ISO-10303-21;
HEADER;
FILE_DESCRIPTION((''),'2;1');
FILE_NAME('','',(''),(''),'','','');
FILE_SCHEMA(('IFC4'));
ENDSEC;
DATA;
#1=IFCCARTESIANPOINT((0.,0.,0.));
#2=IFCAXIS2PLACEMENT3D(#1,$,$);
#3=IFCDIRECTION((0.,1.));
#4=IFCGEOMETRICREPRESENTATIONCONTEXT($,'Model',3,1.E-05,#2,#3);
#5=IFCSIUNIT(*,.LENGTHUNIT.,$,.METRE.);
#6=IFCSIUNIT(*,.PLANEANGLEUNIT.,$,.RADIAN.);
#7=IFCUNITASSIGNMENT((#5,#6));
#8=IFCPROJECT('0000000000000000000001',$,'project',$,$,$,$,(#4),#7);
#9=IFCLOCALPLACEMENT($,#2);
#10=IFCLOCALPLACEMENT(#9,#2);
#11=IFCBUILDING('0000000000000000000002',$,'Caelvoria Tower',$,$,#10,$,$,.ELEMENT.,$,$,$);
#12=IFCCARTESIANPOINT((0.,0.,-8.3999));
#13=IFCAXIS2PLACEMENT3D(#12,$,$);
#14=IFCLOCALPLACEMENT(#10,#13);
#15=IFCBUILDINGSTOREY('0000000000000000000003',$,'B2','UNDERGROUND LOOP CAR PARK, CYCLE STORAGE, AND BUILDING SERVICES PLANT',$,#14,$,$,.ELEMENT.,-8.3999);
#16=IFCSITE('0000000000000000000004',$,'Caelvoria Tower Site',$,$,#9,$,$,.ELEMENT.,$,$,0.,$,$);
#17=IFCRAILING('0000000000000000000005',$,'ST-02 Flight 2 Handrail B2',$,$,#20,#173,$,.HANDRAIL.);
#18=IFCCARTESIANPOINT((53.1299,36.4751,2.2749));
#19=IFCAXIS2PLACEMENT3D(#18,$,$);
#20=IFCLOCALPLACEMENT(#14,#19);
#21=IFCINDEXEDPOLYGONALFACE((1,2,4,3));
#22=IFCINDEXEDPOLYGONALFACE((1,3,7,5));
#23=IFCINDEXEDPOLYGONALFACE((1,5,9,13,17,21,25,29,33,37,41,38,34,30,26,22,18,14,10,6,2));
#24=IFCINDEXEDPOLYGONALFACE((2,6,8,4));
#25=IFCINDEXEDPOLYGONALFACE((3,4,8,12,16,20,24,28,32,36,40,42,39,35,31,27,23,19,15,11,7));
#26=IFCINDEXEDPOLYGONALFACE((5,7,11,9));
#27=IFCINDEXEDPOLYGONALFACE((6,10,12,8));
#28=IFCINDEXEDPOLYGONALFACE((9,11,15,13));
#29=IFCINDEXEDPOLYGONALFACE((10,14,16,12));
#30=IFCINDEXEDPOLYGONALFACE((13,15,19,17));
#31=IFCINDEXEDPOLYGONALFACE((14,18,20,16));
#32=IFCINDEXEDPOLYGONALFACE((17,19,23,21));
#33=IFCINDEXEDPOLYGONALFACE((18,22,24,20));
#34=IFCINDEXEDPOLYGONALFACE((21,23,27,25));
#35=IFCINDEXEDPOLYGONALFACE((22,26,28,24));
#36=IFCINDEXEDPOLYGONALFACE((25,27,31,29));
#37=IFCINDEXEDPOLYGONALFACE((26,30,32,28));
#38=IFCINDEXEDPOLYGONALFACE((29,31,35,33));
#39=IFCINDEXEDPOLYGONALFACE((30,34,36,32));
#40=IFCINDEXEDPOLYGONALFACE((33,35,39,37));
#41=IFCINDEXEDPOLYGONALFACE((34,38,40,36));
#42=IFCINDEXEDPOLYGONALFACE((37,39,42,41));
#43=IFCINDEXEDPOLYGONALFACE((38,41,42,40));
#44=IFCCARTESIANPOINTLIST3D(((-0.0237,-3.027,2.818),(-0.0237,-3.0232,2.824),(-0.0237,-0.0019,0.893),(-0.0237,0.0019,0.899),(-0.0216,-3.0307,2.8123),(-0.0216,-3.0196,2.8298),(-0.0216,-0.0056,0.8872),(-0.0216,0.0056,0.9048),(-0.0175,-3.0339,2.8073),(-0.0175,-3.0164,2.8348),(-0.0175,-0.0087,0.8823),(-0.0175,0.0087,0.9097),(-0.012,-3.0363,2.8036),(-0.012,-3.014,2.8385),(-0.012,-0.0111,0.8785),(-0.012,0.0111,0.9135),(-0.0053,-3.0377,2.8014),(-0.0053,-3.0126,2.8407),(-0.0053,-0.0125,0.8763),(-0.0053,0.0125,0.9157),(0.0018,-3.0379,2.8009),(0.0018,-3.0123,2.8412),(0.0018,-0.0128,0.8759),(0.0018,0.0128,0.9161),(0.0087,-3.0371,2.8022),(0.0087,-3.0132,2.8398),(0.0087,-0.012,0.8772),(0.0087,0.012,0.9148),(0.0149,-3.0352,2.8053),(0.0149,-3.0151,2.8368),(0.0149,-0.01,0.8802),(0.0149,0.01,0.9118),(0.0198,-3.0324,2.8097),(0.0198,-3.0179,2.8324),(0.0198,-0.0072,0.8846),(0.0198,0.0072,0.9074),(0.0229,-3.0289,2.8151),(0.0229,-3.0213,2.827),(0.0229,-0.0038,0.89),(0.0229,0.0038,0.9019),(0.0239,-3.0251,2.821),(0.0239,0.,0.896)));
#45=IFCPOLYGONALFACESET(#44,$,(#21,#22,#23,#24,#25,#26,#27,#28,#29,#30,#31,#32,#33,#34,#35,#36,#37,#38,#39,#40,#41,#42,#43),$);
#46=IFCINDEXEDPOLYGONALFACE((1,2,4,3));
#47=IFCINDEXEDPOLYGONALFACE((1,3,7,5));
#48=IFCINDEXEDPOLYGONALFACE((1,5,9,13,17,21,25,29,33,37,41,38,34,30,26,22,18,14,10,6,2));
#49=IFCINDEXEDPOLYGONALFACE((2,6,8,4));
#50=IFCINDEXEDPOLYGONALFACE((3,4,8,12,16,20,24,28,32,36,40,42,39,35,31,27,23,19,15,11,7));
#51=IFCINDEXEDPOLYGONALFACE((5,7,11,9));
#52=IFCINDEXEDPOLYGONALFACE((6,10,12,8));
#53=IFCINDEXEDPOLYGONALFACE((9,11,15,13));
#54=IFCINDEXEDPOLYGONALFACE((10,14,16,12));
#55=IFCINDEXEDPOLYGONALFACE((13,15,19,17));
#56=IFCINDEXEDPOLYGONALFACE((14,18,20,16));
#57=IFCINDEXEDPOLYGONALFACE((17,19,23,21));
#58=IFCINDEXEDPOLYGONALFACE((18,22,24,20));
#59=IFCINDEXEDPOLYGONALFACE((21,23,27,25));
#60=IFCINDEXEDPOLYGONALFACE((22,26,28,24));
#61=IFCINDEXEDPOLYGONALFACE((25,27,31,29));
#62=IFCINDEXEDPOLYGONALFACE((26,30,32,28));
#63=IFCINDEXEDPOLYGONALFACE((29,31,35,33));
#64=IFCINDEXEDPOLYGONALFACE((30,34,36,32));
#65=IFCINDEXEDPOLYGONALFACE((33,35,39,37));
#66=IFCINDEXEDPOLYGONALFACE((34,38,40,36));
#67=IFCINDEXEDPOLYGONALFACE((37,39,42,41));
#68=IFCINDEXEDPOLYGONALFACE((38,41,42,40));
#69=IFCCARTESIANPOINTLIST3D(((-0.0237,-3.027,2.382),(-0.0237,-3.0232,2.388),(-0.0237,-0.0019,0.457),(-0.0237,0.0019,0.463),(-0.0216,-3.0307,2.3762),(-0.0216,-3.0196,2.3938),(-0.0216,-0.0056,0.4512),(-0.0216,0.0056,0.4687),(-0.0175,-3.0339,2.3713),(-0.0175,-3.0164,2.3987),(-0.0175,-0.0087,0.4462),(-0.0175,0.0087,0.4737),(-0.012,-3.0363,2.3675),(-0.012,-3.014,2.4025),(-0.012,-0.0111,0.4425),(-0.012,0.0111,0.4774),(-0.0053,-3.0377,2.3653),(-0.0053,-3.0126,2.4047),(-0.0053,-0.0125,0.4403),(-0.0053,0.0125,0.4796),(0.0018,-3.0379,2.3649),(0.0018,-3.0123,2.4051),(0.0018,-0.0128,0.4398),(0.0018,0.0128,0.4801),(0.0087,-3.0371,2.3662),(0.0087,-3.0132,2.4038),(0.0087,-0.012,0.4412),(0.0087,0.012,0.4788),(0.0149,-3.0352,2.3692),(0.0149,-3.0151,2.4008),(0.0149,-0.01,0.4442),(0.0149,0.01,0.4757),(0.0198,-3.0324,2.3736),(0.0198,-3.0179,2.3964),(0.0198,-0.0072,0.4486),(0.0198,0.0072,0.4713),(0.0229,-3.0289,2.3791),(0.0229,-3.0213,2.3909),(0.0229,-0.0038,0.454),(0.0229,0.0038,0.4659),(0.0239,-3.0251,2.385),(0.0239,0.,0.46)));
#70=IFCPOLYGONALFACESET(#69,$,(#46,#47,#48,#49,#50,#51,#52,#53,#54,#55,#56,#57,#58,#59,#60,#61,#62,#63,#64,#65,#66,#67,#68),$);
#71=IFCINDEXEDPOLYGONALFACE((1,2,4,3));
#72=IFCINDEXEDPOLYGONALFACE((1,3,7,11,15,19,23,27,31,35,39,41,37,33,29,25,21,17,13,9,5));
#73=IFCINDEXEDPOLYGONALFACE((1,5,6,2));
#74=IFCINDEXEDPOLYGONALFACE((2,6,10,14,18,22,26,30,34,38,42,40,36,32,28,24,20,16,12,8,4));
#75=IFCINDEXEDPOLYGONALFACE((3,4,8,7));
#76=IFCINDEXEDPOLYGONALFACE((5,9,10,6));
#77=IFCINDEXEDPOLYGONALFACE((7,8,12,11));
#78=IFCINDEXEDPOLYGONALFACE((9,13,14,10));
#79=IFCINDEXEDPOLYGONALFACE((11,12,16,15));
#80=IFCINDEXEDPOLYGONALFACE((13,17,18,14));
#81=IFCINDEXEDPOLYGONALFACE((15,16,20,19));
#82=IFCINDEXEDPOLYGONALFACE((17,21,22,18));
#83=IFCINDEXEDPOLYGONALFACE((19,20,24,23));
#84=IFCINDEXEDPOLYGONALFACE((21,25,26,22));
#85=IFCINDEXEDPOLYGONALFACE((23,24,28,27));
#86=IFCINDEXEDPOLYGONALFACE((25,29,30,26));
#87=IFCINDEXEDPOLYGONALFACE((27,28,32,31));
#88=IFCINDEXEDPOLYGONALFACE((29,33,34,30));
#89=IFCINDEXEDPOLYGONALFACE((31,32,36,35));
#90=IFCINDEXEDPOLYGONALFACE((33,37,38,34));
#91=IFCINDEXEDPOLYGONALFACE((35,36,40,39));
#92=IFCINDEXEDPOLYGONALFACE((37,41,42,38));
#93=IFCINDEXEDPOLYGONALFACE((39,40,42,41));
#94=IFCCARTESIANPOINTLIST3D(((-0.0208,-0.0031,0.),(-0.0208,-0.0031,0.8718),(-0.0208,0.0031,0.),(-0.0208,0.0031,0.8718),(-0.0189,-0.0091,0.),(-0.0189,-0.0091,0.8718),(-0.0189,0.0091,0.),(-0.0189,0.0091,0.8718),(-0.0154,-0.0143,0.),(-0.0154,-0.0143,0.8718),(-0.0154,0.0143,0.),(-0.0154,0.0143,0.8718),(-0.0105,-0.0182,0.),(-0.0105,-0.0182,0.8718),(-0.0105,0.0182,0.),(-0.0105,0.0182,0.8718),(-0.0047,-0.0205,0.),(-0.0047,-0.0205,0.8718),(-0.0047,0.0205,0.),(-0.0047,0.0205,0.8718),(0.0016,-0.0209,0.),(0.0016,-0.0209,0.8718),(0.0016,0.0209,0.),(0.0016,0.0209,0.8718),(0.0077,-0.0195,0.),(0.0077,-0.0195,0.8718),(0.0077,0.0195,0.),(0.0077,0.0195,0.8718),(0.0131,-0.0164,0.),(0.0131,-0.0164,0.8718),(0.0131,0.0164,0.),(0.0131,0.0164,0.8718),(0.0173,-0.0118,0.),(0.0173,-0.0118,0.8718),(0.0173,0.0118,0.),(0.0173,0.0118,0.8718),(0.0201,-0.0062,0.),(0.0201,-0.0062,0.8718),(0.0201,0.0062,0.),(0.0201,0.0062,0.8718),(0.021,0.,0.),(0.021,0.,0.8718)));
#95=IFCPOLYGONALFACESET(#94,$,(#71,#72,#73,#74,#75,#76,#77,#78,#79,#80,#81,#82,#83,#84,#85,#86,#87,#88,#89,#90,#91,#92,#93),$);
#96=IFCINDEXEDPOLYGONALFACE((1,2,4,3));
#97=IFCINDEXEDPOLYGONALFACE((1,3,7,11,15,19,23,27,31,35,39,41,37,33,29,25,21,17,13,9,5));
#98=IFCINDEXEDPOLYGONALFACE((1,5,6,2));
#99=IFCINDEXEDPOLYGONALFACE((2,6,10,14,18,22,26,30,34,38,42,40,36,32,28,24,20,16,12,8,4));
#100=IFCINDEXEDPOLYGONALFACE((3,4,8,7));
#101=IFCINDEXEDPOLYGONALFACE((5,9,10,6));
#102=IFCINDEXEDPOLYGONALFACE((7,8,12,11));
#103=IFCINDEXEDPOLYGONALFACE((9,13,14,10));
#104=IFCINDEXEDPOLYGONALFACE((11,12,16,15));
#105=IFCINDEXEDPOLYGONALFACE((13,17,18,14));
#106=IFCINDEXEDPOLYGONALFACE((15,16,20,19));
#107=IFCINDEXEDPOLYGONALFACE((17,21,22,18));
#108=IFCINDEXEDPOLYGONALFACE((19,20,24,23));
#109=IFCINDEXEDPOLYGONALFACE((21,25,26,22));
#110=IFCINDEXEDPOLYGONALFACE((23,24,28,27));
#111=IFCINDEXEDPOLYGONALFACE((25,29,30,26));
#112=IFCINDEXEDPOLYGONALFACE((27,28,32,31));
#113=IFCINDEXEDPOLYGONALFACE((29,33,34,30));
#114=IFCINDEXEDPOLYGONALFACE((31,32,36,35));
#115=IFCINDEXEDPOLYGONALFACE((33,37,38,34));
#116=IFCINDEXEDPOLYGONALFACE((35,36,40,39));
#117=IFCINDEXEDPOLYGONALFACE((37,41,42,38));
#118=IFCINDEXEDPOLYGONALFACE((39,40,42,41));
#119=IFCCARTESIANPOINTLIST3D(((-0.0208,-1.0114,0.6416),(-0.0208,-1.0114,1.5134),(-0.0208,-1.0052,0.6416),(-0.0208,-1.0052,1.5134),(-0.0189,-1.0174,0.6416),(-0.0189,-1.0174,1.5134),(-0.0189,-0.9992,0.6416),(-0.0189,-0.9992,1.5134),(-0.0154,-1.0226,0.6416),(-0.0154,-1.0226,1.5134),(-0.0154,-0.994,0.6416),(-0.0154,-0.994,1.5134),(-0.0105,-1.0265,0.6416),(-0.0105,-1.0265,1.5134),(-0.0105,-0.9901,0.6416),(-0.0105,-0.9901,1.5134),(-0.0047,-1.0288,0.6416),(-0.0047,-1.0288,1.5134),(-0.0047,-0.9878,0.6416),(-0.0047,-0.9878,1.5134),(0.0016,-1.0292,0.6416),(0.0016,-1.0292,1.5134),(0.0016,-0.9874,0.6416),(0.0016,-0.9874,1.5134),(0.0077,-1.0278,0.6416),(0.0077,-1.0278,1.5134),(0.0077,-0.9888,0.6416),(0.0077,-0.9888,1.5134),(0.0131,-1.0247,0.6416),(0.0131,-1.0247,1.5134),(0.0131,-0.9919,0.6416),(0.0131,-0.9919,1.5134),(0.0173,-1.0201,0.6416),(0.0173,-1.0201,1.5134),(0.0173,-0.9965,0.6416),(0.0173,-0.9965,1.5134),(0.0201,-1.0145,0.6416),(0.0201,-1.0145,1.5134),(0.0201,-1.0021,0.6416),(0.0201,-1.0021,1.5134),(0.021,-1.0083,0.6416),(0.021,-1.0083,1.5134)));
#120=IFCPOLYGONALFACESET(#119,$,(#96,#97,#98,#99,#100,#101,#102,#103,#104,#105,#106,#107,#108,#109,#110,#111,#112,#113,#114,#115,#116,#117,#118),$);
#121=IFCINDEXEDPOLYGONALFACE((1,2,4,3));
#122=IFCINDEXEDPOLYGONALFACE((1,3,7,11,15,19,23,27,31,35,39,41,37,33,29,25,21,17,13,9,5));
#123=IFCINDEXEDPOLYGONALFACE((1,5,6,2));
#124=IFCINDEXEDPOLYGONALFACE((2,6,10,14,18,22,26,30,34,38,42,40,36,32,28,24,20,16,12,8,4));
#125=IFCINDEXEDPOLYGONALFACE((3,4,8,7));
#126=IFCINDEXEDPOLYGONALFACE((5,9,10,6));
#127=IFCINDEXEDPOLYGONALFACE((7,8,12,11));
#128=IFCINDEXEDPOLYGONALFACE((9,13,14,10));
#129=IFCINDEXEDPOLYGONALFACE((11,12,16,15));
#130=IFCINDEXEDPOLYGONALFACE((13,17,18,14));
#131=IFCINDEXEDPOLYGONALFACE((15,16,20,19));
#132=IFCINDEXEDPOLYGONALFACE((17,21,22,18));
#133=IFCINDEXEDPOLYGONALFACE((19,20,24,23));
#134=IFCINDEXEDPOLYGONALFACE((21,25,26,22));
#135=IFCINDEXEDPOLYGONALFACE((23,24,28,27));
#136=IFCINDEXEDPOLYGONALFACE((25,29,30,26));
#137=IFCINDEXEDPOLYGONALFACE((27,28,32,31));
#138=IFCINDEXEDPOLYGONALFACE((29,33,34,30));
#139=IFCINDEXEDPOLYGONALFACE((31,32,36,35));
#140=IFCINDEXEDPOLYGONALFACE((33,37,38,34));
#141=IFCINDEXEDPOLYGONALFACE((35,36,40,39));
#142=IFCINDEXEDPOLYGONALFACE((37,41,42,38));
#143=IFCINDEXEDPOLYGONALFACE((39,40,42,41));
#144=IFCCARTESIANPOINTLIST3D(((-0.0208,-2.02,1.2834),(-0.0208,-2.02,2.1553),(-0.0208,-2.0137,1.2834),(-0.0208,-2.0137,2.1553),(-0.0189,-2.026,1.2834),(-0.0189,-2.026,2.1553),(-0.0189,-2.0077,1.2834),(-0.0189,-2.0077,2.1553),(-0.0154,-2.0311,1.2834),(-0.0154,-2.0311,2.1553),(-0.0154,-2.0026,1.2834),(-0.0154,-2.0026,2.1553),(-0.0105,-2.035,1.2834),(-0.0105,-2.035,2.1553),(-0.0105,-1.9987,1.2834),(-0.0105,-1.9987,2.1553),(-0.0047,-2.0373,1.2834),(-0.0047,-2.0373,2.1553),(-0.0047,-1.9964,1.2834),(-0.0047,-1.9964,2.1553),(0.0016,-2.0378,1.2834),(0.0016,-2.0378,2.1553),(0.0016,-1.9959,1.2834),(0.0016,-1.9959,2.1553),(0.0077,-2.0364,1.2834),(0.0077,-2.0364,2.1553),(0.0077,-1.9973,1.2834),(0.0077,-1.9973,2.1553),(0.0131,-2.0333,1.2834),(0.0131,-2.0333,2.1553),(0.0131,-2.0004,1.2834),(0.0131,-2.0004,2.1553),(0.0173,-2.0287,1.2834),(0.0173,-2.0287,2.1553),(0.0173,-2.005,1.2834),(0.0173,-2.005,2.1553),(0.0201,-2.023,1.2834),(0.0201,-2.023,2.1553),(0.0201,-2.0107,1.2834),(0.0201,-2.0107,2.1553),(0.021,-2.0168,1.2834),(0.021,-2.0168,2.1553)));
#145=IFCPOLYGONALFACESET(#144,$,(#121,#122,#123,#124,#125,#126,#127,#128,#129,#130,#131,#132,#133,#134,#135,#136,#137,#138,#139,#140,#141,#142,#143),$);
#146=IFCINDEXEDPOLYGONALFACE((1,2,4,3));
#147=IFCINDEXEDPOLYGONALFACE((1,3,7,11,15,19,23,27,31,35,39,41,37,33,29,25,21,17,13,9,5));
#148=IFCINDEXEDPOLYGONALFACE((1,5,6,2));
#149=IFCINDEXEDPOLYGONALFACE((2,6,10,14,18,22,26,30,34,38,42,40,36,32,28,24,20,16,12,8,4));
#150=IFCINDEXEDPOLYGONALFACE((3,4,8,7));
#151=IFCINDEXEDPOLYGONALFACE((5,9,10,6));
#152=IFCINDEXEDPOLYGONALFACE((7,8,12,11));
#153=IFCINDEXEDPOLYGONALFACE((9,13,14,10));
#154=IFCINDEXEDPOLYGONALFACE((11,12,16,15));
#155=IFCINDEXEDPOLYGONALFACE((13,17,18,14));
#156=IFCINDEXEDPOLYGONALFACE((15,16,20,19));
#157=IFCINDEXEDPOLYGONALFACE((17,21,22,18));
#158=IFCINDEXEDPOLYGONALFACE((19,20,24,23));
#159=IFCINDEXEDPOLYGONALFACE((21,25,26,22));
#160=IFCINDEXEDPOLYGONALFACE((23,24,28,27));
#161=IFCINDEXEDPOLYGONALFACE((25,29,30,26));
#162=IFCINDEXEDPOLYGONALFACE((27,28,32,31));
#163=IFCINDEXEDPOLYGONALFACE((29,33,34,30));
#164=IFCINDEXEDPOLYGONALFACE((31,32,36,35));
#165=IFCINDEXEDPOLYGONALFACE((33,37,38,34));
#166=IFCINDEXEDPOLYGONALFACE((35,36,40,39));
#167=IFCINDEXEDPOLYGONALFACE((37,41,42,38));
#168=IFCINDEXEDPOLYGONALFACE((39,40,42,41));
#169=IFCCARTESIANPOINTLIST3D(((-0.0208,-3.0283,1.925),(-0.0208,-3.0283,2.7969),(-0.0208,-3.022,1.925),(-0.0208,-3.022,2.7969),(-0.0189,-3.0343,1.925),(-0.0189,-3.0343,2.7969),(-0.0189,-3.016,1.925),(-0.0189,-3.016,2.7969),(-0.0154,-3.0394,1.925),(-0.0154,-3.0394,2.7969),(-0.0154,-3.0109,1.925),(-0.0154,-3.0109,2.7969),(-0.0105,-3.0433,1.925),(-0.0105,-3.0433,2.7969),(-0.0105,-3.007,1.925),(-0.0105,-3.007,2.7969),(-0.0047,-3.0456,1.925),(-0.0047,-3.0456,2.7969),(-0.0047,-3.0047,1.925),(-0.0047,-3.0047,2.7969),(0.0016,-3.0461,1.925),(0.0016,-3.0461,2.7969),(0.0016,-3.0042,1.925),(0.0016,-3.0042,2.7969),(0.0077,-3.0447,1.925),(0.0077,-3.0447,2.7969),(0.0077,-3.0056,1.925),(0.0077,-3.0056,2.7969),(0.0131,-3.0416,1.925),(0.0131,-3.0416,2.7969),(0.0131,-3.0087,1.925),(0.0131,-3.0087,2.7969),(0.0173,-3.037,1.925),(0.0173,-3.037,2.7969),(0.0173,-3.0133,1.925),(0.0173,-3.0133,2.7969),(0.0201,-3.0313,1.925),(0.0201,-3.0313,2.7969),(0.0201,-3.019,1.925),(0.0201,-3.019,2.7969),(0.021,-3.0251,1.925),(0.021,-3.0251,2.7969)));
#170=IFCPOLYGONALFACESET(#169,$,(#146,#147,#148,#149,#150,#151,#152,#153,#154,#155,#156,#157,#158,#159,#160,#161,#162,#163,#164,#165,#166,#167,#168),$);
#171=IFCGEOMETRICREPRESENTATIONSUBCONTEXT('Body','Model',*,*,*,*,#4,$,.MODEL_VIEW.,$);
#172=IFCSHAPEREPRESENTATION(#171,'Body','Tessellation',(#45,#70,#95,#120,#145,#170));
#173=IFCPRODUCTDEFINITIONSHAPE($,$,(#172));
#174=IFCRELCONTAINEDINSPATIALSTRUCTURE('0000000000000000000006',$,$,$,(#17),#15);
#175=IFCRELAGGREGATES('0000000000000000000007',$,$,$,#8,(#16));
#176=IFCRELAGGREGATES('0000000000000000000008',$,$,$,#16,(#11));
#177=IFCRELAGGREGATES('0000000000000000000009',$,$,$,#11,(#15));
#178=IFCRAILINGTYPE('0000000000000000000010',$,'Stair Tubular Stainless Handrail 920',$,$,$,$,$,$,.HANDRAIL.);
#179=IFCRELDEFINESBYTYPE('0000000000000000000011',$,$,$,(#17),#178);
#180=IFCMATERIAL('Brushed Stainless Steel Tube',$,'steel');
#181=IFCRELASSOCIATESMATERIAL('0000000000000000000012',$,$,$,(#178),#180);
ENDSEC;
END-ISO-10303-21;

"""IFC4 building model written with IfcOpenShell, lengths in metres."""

from ifc_helpers import new_model, si_unit, direction, frame, origin, origin_2d, place, context, subcontext, project, spatial, circle, extrude, material, type_object, element, save


model = new_model("IFC4")

# Units and contexts
model_context = context("Model", 3, precision=1e-05, world=origin(), true_north=direction((0.0, 1.0)))
body_context = subcontext(model_context, "Body", "Model", "MODEL_VIEW")
ifc_project = project(units=[si_unit("LENGTHUNIT", "METRE"), si_unit("PLANEANGLEUNIT", "RADIAN")], contexts=[model_context])

# Site, building, storey
site_placement = place(None, origin())
site = spatial("IfcSite", under=ifc_project, at=site_placement, Name="Caelvoria Tower Site", CompositionType="ELEMENT", RefElevation=0.0)
building_placement = place(site_placement, origin())
building = spatial("IfcBuilding", under=site, at=building_placement, Name="Caelvoria Tower", CompositionType="ELEMENT")
storey_placement = place(building_placement, frame((0.0, 0.0, -8.3999)))
storey = spatial("IfcBuildingStorey", under=building, at=storey_placement, Name="B2", Description="UNDERGROUND LOOP CAR PARK, CYCLE STORAGE, AND BUILDING SERVICES PLANT", CompositionType="ELEMENT", Elevation=-8.3999)

# Railing
ifc_material_1 = material(Name="Brushed Stainless Steel Tube", Category="steel")
railing_type = type_object("IfcRailingType", Name="Stair Tubular Stainless Handrail 920", PredefinedType="HANDRAIL", material=ifc_material_1)
railing_placement = place(storey_placement, frame((53.1299, 36.4751, 2.2749)))
element("IfcRailing", 1, at=railing_placement, inside=storey, type_object=railing_type, Name="ST-02 Flight 2 Handrail B2", PredefinedType="HANDRAIL", context=body_context, shape_type="SweptSolid", body=[
    extrude(circle(Radius=0.0239, at=origin_2d()), frame((0.0, 0.0, 0.896), z_axis=(0.0, -0.843667, 0.536867), x_axis=(1.0, 0.0, 0.0)), (0.0, 0.0, 1.0), 3.5857),
    extrude(circle(Radius=0.0239, at=origin_2d()), frame((0.0, 0.0, 0.46), z_axis=(0.0, -0.843667, 0.536867), x_axis=(1.0, 0.0, 0.0)), (0.0, 0.0, 1.0), 3.5857),
    extrude(circle(Radius=0.021, at=origin_2d()), origin(), (0.0, 0.0, 1.0), 0.8718),
    extrude(circle(Radius=0.021, at=origin_2d()), frame((0.0, -1.0083, 0.6416)), (0.0, 0.0, 1.0), 0.8718),
    extrude(circle(Radius=0.021, at=origin_2d()), frame((0.0, -2.0168, 1.2834)), (0.0, 0.0, 1.0), 0.8718),
    extrude(circle(Radius=0.021, at=origin_2d()), frame((0.0, -3.0251, 1.925)), (0.0, 0.0, 1.0), 0.8718),
])

save(model, "model.ifc")
